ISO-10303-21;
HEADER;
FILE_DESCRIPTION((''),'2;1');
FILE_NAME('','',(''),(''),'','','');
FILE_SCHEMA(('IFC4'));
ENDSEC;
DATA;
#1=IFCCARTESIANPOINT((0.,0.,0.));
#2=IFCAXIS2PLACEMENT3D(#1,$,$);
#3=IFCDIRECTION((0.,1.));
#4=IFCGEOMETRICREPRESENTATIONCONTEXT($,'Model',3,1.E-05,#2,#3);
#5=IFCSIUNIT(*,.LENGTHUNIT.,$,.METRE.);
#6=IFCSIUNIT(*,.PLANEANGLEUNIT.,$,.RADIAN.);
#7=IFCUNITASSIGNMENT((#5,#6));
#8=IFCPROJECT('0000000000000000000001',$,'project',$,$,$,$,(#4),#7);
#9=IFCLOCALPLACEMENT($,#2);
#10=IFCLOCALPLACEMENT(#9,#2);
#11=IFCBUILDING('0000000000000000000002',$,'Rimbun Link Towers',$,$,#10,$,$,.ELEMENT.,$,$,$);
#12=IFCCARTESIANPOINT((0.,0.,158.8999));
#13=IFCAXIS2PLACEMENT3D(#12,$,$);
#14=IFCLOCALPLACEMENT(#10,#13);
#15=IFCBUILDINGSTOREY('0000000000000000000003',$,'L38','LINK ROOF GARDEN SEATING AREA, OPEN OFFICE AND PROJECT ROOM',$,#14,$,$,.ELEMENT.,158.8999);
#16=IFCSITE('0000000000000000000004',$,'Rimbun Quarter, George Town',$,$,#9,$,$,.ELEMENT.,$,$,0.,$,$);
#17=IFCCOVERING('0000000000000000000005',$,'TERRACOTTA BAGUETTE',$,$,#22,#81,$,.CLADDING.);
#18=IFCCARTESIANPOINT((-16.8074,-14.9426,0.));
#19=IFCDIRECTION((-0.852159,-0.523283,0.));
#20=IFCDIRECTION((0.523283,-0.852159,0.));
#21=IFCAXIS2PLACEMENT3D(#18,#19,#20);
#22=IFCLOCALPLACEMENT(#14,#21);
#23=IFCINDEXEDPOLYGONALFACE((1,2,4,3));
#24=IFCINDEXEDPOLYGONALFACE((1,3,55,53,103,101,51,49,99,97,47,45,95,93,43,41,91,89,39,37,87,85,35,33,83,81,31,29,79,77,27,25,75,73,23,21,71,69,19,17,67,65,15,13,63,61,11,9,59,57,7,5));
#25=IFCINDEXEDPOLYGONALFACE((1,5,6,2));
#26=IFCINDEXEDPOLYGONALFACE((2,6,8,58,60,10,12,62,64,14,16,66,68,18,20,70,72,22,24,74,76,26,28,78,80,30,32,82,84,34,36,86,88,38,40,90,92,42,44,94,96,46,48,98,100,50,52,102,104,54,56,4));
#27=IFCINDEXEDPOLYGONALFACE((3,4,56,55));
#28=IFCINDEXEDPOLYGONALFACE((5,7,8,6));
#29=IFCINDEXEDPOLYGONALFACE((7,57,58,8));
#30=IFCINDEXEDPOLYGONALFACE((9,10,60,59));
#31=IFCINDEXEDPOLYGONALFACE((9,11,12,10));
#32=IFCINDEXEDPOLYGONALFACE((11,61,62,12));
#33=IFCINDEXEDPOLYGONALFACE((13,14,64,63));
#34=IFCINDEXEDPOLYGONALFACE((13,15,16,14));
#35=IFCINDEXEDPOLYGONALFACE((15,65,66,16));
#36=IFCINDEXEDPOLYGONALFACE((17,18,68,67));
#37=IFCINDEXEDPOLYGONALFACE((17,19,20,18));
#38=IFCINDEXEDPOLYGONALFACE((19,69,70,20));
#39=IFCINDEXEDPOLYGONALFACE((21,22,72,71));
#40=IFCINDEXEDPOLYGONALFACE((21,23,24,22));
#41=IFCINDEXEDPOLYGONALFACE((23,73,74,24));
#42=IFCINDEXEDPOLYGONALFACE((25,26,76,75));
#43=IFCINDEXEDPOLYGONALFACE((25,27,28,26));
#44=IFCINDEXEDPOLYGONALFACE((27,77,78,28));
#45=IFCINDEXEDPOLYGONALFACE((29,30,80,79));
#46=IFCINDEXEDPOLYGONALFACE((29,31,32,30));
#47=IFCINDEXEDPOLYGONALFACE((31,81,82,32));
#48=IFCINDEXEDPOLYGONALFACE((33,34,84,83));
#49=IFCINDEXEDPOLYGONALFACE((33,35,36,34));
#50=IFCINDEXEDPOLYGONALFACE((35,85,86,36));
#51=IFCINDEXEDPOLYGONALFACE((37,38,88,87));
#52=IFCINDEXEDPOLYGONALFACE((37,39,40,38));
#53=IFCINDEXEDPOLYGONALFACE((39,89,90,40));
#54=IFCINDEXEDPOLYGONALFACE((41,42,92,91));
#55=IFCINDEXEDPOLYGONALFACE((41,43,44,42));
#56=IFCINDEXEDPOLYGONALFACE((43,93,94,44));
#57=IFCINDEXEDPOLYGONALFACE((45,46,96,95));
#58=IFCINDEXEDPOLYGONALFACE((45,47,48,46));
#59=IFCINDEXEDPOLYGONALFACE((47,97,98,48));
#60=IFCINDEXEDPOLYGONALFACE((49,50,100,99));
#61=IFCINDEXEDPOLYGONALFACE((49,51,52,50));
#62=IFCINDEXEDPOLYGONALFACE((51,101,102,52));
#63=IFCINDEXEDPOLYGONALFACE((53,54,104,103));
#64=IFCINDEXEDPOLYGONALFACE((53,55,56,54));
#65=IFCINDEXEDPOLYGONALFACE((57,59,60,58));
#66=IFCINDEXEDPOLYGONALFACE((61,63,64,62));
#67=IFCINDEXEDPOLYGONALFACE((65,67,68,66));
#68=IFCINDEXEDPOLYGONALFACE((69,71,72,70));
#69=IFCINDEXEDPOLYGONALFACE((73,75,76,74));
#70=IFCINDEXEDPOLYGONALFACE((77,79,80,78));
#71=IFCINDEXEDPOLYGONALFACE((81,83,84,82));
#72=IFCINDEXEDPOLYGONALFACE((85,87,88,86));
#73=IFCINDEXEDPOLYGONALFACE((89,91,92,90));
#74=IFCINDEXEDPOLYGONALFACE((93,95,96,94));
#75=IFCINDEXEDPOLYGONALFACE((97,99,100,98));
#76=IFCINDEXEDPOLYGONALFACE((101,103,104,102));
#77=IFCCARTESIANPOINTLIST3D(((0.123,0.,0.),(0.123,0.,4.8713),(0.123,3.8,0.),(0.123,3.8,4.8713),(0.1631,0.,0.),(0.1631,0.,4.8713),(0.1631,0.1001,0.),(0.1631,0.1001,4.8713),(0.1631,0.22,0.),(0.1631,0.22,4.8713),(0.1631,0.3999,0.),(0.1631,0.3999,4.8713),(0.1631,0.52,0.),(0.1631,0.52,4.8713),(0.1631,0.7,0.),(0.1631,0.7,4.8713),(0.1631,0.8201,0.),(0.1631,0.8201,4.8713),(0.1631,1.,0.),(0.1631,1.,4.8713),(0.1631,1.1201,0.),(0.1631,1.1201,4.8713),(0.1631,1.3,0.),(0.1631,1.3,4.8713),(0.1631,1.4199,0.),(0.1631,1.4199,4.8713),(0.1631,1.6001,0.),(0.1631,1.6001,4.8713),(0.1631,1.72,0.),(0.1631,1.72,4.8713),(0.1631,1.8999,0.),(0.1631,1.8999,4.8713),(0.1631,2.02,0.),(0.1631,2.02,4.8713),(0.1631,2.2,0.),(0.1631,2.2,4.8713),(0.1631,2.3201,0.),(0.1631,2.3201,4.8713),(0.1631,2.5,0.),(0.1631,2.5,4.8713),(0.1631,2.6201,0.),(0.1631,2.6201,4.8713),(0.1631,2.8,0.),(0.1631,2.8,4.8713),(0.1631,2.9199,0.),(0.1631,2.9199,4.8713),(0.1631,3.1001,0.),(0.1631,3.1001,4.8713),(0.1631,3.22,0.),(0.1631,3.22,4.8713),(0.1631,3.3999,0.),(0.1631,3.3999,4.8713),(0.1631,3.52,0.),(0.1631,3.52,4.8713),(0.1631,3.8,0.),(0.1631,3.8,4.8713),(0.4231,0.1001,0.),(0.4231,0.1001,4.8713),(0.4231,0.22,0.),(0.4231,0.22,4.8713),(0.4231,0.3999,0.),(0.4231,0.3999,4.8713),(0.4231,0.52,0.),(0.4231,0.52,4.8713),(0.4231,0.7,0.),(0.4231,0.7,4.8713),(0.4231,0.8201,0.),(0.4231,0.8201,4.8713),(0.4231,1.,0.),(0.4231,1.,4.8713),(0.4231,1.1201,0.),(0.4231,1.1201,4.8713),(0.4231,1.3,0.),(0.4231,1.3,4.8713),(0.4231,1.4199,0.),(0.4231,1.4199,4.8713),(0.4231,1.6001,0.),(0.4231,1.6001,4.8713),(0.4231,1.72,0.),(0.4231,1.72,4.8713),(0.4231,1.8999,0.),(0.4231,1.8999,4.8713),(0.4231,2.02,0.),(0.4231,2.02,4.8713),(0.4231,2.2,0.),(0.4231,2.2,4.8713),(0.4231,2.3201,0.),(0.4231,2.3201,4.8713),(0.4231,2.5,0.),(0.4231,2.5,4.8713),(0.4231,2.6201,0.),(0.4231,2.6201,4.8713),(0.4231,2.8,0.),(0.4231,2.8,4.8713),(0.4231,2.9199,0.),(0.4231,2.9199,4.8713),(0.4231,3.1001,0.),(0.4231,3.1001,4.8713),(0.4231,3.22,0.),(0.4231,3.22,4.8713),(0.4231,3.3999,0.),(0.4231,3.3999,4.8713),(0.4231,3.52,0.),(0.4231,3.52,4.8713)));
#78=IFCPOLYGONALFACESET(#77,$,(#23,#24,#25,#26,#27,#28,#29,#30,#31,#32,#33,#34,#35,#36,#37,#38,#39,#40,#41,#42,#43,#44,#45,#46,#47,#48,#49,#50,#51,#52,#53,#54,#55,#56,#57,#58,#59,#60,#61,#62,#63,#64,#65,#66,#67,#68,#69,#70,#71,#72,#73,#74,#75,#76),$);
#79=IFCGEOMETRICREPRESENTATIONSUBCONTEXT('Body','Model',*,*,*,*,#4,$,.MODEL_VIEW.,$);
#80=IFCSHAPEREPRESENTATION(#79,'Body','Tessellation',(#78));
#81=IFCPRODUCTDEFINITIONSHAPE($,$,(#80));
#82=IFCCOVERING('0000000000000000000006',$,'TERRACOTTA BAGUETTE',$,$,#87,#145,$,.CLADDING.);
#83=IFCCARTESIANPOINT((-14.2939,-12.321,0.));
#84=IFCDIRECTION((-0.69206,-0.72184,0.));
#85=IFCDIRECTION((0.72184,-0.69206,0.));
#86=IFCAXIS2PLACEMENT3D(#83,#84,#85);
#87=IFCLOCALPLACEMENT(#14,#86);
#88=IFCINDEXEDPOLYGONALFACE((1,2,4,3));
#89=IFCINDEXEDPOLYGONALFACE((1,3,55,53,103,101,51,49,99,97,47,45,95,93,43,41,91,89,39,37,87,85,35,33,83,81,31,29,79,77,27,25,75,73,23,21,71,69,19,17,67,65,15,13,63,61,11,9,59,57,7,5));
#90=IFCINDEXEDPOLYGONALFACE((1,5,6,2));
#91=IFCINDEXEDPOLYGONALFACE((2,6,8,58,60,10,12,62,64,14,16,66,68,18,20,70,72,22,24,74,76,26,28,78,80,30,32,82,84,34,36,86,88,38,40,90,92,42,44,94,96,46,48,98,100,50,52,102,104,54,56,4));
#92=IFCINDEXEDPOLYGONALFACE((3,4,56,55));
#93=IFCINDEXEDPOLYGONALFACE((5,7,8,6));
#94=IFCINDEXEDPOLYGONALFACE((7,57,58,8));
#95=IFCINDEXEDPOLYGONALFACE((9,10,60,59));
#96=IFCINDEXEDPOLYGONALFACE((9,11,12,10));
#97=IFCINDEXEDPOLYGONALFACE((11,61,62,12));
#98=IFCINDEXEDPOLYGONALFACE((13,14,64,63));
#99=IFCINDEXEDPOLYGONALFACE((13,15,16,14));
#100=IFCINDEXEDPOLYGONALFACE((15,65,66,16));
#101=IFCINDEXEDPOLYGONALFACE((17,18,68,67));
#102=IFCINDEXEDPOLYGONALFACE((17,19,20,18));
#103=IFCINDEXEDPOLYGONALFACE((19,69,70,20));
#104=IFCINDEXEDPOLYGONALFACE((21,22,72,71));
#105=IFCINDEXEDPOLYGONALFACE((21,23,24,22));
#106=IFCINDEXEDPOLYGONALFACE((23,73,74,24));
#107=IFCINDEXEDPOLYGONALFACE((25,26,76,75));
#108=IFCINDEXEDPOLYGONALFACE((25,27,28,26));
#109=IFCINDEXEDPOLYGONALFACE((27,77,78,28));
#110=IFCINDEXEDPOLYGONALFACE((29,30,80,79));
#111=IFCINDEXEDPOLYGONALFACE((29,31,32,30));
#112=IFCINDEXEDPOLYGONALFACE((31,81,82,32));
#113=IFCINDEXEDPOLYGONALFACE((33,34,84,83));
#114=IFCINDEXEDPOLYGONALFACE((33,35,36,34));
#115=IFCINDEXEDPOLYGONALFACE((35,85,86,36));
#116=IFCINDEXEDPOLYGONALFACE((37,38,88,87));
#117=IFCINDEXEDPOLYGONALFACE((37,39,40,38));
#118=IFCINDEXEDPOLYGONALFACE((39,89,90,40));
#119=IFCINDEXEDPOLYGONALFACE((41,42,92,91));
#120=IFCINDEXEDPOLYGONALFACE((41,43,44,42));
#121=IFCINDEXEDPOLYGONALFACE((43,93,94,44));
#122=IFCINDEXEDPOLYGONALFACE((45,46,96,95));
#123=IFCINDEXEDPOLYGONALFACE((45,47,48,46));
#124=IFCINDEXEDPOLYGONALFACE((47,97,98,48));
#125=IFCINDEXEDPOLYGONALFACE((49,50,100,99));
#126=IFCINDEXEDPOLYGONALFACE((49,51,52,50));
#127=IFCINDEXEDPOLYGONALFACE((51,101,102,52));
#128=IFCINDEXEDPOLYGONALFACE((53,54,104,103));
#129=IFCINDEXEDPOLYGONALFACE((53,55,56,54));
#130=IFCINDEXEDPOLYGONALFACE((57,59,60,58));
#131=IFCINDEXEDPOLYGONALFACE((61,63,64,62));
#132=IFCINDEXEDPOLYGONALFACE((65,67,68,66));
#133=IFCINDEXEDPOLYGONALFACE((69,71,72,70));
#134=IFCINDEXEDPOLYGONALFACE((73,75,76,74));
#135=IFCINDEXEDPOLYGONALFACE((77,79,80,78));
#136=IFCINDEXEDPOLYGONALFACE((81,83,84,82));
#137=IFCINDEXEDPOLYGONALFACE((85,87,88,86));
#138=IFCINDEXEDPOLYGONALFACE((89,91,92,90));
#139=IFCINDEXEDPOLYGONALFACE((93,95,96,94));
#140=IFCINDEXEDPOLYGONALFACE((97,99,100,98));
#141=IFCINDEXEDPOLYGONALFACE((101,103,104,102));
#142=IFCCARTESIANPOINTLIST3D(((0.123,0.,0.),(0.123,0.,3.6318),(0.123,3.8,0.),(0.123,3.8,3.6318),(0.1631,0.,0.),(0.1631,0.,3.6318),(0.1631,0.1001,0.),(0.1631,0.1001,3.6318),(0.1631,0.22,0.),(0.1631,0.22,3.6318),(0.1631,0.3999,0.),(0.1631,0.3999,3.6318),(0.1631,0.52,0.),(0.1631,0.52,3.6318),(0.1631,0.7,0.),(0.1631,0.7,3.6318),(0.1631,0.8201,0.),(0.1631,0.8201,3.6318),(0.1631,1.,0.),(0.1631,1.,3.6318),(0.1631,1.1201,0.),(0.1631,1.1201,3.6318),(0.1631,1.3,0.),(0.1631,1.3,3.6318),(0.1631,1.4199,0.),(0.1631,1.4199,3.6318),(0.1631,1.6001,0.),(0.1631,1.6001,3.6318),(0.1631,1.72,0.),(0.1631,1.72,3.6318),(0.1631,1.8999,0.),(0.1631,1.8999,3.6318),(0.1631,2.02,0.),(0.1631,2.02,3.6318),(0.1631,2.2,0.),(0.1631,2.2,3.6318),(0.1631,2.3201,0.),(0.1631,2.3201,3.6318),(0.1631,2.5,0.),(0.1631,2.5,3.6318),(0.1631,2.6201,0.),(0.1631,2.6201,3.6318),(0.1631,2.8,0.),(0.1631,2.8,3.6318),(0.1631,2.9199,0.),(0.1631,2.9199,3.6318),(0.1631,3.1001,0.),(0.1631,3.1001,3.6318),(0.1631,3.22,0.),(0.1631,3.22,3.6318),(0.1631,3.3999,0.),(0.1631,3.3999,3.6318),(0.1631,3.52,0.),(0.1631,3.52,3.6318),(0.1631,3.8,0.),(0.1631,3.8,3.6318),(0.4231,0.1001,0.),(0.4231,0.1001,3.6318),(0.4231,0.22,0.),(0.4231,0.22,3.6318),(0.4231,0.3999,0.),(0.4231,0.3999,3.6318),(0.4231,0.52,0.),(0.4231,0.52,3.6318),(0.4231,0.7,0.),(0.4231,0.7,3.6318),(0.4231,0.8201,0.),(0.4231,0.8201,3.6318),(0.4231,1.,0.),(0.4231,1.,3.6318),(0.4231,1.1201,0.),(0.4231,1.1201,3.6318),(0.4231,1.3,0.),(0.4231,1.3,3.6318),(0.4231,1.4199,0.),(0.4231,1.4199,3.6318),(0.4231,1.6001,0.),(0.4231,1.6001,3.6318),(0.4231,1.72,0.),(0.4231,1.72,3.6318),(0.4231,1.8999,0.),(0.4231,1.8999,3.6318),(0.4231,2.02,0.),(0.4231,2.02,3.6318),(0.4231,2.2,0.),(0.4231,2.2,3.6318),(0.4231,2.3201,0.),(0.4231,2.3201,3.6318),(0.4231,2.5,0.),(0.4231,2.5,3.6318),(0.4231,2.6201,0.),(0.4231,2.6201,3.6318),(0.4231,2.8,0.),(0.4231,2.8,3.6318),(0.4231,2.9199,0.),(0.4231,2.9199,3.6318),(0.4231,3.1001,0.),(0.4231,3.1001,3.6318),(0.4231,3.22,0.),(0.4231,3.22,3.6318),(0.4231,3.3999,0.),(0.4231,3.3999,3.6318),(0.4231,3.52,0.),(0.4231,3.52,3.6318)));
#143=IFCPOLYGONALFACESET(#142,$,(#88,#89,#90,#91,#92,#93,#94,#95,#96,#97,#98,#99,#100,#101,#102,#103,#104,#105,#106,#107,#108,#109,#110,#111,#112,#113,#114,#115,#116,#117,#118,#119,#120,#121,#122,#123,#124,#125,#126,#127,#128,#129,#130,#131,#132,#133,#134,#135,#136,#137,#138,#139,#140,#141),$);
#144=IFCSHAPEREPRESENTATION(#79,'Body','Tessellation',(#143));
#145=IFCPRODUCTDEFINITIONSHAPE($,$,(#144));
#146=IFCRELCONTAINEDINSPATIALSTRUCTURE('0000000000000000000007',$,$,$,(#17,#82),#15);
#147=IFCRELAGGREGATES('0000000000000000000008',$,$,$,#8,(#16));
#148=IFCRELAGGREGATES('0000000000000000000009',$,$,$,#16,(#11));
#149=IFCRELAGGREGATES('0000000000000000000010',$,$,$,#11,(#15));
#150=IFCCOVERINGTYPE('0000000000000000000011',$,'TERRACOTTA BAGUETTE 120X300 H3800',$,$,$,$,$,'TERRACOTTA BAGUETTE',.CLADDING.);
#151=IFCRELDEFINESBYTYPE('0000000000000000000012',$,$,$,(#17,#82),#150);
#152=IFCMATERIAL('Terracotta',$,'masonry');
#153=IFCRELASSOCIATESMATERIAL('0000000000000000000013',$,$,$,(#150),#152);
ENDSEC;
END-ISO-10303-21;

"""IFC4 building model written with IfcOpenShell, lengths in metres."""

from ifc_helpers import new_model, si_unit, direction, frame, origin, place, context, subcontext, project, spatial, polyline, outline, extrude, material, material_profile, profile_set, type_object, element, save


model = new_model("IFC4")

# Units and contexts
model_context = context("Model", 3, precision=1e-05, world=origin(), true_north=direction((0.0, 1.0)))
body_context = subcontext(model_context, "Body", "Model", "MODEL_VIEW")
ifc_project = project(units=[si_unit("LENGTHUNIT", "METRE"), si_unit("PLANEANGLEUNIT", "RADIAN")], contexts=[model_context])

# Site, building, storey
site_placement = place(None, origin())
site = spatial("IfcSite", under=ifc_project, at=site_placement, Name="Rimbun Quarter, George Town", CompositionType="ELEMENT", RefElevation=0.0)
building_placement = place(site_placement, origin())
building = spatial("IfcBuilding", under=site, at=building_placement, Name="Rimbun Link Towers", CompositionType="ELEMENT")
storey_placement = place(building_placement, frame((0.0, 0.0, 158.8999)))
storey = spatial("IfcBuildingStorey", under=building, at=storey_placement, Name="L38", Description="LINK ROOF GARDEN SEATING AREA, OPEN OFFICE AND PROJECT ROOM", CompositionType="ELEMENT", Elevation=158.8999)

# Coverings
ifc_material_1 = material(Name="Terracotta", Category="masonry")
ifc_material_profile_1 = material_profile(ifc_material_1, outline(polyline([(0.123, 0.0), (0.1631, 0.0), (0.1631, 0.1001), (0.4231, 0.1001), (0.4231, 0.22), (0.1631, 0.22), (0.1631, 0.3999), (0.4231, 0.3999), (0.4231, 0.52), (0.1631, 0.52), (0.1631, 0.7), (0.4231, 0.7), (0.4231, 0.8201), (0.1631, 0.8201), (0.1631, 1.0), (0.4231, 1.0), (0.4231, 1.1201), (0.1631, 1.1201), (0.1631, 1.3), (0.4231, 1.3), (0.4231, 1.4199), (0.1631, 1.4199), (0.1631, 1.6001), (0.4231, 1.6001), (0.4231, 1.72), (0.1631, 1.72), (0.1631, 1.8999), (0.4231, 1.8999), (0.4231, 2.02), (0.1631, 2.02), (0.1631, 2.2), (0.4231, 2.2), (0.4231, 2.3201), (0.1631, 2.3201), (0.1631, 2.5), (0.4231, 2.5), (0.4231, 2.6201), (0.1631, 2.6201), (0.1631, 2.8), (0.4231, 2.8), (0.4231, 2.9199), (0.1631, 2.9199), (0.1631, 3.1001), (0.4231, 3.1001), (0.4231, 3.22), (0.1631, 3.22), (0.1631, 3.3999), (0.4231, 3.3999), (0.4231, 3.52), (0.1631, 3.52), (0.1631, 3.8), (0.123, 3.8), (0.123, 0.0)])), Name="BAGUETTE 120X300")
ifc_profile_set_1 = profile_set([ifc_material_profile_1], Name="Terracotta")
covering_type = type_object("IfcCoveringType", Name="TERRACOTTA BAGUETTE 120X300 H3800", ElementType="TERRACOTTA BAGUETTE", PredefinedType="CLADDING", material=ifc_profile_set_1)
covering_1_placement = place(storey_placement, frame((-16.8074, -14.9426, 0.0), z_axis=(-0.852159, -0.523283, 0.0), x_axis=(0.523283, -0.852159, 0.0)))
element("IfcCovering", 1, at=covering_1_placement, inside=storey, type_object=covering_type, Name="TERRACOTTA BAGUETTE", PredefinedType="CLADDING", context=body_context, shape_type="SweptSolid", body=[
    extrude(outline(polyline([(0.123, 0.0), (0.1631, 0.0), (0.1631, 0.1001), (0.4231, 0.1001), (0.4231, 0.22), (0.1631, 0.22), (0.1631, 0.3999), (0.4231, 0.3999), (0.4231, 0.52), (0.1631, 0.52), (0.1631, 0.7), (0.4231, 0.7), (0.4231, 0.8201), (0.1631, 0.8201), (0.1631, 1.0), (0.4231, 1.0), (0.4231, 1.1201), (0.1631, 1.1201), (0.1631, 1.3), (0.4231, 1.3), (0.4231, 1.4199), (0.1631, 1.4199), (0.1631, 1.6001), (0.4231, 1.6001), (0.4231, 1.72), (0.1631, 1.72), (0.1631, 1.8999), (0.4231, 1.8999), (0.4231, 2.02), (0.1631, 2.02), (0.1631, 2.2), (0.4231, 2.2), (0.4231, 2.3201), (0.1631, 2.3201), (0.1631, 2.5), (0.4231, 2.5), (0.4231, 2.6201), (0.1631, 2.6201), (0.1631, 2.8), (0.4231, 2.8), (0.4231, 2.9199), (0.1631, 2.9199), (0.1631, 3.1001), (0.4231, 3.1001), (0.4231, 3.22), (0.1631, 3.22), (0.1631, 3.3999), (0.4231, 3.3999), (0.4231, 3.52), (0.1631, 3.52), (0.1631, 3.8), (0.123, 3.8), (0.123, 0.0)])), origin(), (0.0, 0.0, 1.0), 4.8713),
])
covering_2_placement = place(storey_placement, frame((-14.2939, -12.321, 0.0), z_axis=(-0.69206, -0.72184, 0.0), x_axis=(0.72184, -0.69206, 0.0)))
element("IfcCovering", 2, at=covering_2_placement, inside=storey, type_object=covering_type, Name="TERRACOTTA BAGUETTE", PredefinedType="CLADDING", context=body_context, shape_type="SweptSolid", body=[
    extrude(outline(polyline([(0.123, 0.0), (0.1631, 0.0), (0.1631, 0.1001), (0.4231, 0.1001), (0.4231, 0.22), (0.1631, 0.22), (0.1631, 0.3999), (0.4231, 0.3999), (0.4231, 0.52), (0.1631, 0.52), (0.1631, 0.7), (0.4231, 0.7), (0.4231, 0.8201), (0.1631, 0.8201), (0.1631, 1.0), (0.4231, 1.0), (0.4231, 1.1201), (0.1631, 1.1201), (0.1631, 1.3), (0.4231, 1.3), (0.4231, 1.4199), (0.1631, 1.4199), (0.1631, 1.6001), (0.4231, 1.6001), (0.4231, 1.72), (0.1631, 1.72), (0.1631, 1.8999), (0.4231, 1.8999), (0.4231, 2.02), (0.1631, 2.02), (0.1631, 2.2), (0.4231, 2.2), (0.4231, 2.3201), (0.1631, 2.3201), (0.1631, 2.5), (0.4231, 2.5), (0.4231, 2.6201), (0.1631, 2.6201), (0.1631, 2.8), (0.4231, 2.8), (0.4231, 2.9199), (0.1631, 2.9199), (0.1631, 3.1001), (0.4231, 3.1001), (0.4231, 3.22), (0.1631, 3.22), (0.1631, 3.3999), (0.4231, 3.3999), (0.4231, 3.52), (0.1631, 3.52), (0.1631, 3.8), (0.123, 3.8), (0.123, 0.0)])), origin(), (0.0, 0.0, 1.0), 3.6318),
])

save(model, "model.ifc")
